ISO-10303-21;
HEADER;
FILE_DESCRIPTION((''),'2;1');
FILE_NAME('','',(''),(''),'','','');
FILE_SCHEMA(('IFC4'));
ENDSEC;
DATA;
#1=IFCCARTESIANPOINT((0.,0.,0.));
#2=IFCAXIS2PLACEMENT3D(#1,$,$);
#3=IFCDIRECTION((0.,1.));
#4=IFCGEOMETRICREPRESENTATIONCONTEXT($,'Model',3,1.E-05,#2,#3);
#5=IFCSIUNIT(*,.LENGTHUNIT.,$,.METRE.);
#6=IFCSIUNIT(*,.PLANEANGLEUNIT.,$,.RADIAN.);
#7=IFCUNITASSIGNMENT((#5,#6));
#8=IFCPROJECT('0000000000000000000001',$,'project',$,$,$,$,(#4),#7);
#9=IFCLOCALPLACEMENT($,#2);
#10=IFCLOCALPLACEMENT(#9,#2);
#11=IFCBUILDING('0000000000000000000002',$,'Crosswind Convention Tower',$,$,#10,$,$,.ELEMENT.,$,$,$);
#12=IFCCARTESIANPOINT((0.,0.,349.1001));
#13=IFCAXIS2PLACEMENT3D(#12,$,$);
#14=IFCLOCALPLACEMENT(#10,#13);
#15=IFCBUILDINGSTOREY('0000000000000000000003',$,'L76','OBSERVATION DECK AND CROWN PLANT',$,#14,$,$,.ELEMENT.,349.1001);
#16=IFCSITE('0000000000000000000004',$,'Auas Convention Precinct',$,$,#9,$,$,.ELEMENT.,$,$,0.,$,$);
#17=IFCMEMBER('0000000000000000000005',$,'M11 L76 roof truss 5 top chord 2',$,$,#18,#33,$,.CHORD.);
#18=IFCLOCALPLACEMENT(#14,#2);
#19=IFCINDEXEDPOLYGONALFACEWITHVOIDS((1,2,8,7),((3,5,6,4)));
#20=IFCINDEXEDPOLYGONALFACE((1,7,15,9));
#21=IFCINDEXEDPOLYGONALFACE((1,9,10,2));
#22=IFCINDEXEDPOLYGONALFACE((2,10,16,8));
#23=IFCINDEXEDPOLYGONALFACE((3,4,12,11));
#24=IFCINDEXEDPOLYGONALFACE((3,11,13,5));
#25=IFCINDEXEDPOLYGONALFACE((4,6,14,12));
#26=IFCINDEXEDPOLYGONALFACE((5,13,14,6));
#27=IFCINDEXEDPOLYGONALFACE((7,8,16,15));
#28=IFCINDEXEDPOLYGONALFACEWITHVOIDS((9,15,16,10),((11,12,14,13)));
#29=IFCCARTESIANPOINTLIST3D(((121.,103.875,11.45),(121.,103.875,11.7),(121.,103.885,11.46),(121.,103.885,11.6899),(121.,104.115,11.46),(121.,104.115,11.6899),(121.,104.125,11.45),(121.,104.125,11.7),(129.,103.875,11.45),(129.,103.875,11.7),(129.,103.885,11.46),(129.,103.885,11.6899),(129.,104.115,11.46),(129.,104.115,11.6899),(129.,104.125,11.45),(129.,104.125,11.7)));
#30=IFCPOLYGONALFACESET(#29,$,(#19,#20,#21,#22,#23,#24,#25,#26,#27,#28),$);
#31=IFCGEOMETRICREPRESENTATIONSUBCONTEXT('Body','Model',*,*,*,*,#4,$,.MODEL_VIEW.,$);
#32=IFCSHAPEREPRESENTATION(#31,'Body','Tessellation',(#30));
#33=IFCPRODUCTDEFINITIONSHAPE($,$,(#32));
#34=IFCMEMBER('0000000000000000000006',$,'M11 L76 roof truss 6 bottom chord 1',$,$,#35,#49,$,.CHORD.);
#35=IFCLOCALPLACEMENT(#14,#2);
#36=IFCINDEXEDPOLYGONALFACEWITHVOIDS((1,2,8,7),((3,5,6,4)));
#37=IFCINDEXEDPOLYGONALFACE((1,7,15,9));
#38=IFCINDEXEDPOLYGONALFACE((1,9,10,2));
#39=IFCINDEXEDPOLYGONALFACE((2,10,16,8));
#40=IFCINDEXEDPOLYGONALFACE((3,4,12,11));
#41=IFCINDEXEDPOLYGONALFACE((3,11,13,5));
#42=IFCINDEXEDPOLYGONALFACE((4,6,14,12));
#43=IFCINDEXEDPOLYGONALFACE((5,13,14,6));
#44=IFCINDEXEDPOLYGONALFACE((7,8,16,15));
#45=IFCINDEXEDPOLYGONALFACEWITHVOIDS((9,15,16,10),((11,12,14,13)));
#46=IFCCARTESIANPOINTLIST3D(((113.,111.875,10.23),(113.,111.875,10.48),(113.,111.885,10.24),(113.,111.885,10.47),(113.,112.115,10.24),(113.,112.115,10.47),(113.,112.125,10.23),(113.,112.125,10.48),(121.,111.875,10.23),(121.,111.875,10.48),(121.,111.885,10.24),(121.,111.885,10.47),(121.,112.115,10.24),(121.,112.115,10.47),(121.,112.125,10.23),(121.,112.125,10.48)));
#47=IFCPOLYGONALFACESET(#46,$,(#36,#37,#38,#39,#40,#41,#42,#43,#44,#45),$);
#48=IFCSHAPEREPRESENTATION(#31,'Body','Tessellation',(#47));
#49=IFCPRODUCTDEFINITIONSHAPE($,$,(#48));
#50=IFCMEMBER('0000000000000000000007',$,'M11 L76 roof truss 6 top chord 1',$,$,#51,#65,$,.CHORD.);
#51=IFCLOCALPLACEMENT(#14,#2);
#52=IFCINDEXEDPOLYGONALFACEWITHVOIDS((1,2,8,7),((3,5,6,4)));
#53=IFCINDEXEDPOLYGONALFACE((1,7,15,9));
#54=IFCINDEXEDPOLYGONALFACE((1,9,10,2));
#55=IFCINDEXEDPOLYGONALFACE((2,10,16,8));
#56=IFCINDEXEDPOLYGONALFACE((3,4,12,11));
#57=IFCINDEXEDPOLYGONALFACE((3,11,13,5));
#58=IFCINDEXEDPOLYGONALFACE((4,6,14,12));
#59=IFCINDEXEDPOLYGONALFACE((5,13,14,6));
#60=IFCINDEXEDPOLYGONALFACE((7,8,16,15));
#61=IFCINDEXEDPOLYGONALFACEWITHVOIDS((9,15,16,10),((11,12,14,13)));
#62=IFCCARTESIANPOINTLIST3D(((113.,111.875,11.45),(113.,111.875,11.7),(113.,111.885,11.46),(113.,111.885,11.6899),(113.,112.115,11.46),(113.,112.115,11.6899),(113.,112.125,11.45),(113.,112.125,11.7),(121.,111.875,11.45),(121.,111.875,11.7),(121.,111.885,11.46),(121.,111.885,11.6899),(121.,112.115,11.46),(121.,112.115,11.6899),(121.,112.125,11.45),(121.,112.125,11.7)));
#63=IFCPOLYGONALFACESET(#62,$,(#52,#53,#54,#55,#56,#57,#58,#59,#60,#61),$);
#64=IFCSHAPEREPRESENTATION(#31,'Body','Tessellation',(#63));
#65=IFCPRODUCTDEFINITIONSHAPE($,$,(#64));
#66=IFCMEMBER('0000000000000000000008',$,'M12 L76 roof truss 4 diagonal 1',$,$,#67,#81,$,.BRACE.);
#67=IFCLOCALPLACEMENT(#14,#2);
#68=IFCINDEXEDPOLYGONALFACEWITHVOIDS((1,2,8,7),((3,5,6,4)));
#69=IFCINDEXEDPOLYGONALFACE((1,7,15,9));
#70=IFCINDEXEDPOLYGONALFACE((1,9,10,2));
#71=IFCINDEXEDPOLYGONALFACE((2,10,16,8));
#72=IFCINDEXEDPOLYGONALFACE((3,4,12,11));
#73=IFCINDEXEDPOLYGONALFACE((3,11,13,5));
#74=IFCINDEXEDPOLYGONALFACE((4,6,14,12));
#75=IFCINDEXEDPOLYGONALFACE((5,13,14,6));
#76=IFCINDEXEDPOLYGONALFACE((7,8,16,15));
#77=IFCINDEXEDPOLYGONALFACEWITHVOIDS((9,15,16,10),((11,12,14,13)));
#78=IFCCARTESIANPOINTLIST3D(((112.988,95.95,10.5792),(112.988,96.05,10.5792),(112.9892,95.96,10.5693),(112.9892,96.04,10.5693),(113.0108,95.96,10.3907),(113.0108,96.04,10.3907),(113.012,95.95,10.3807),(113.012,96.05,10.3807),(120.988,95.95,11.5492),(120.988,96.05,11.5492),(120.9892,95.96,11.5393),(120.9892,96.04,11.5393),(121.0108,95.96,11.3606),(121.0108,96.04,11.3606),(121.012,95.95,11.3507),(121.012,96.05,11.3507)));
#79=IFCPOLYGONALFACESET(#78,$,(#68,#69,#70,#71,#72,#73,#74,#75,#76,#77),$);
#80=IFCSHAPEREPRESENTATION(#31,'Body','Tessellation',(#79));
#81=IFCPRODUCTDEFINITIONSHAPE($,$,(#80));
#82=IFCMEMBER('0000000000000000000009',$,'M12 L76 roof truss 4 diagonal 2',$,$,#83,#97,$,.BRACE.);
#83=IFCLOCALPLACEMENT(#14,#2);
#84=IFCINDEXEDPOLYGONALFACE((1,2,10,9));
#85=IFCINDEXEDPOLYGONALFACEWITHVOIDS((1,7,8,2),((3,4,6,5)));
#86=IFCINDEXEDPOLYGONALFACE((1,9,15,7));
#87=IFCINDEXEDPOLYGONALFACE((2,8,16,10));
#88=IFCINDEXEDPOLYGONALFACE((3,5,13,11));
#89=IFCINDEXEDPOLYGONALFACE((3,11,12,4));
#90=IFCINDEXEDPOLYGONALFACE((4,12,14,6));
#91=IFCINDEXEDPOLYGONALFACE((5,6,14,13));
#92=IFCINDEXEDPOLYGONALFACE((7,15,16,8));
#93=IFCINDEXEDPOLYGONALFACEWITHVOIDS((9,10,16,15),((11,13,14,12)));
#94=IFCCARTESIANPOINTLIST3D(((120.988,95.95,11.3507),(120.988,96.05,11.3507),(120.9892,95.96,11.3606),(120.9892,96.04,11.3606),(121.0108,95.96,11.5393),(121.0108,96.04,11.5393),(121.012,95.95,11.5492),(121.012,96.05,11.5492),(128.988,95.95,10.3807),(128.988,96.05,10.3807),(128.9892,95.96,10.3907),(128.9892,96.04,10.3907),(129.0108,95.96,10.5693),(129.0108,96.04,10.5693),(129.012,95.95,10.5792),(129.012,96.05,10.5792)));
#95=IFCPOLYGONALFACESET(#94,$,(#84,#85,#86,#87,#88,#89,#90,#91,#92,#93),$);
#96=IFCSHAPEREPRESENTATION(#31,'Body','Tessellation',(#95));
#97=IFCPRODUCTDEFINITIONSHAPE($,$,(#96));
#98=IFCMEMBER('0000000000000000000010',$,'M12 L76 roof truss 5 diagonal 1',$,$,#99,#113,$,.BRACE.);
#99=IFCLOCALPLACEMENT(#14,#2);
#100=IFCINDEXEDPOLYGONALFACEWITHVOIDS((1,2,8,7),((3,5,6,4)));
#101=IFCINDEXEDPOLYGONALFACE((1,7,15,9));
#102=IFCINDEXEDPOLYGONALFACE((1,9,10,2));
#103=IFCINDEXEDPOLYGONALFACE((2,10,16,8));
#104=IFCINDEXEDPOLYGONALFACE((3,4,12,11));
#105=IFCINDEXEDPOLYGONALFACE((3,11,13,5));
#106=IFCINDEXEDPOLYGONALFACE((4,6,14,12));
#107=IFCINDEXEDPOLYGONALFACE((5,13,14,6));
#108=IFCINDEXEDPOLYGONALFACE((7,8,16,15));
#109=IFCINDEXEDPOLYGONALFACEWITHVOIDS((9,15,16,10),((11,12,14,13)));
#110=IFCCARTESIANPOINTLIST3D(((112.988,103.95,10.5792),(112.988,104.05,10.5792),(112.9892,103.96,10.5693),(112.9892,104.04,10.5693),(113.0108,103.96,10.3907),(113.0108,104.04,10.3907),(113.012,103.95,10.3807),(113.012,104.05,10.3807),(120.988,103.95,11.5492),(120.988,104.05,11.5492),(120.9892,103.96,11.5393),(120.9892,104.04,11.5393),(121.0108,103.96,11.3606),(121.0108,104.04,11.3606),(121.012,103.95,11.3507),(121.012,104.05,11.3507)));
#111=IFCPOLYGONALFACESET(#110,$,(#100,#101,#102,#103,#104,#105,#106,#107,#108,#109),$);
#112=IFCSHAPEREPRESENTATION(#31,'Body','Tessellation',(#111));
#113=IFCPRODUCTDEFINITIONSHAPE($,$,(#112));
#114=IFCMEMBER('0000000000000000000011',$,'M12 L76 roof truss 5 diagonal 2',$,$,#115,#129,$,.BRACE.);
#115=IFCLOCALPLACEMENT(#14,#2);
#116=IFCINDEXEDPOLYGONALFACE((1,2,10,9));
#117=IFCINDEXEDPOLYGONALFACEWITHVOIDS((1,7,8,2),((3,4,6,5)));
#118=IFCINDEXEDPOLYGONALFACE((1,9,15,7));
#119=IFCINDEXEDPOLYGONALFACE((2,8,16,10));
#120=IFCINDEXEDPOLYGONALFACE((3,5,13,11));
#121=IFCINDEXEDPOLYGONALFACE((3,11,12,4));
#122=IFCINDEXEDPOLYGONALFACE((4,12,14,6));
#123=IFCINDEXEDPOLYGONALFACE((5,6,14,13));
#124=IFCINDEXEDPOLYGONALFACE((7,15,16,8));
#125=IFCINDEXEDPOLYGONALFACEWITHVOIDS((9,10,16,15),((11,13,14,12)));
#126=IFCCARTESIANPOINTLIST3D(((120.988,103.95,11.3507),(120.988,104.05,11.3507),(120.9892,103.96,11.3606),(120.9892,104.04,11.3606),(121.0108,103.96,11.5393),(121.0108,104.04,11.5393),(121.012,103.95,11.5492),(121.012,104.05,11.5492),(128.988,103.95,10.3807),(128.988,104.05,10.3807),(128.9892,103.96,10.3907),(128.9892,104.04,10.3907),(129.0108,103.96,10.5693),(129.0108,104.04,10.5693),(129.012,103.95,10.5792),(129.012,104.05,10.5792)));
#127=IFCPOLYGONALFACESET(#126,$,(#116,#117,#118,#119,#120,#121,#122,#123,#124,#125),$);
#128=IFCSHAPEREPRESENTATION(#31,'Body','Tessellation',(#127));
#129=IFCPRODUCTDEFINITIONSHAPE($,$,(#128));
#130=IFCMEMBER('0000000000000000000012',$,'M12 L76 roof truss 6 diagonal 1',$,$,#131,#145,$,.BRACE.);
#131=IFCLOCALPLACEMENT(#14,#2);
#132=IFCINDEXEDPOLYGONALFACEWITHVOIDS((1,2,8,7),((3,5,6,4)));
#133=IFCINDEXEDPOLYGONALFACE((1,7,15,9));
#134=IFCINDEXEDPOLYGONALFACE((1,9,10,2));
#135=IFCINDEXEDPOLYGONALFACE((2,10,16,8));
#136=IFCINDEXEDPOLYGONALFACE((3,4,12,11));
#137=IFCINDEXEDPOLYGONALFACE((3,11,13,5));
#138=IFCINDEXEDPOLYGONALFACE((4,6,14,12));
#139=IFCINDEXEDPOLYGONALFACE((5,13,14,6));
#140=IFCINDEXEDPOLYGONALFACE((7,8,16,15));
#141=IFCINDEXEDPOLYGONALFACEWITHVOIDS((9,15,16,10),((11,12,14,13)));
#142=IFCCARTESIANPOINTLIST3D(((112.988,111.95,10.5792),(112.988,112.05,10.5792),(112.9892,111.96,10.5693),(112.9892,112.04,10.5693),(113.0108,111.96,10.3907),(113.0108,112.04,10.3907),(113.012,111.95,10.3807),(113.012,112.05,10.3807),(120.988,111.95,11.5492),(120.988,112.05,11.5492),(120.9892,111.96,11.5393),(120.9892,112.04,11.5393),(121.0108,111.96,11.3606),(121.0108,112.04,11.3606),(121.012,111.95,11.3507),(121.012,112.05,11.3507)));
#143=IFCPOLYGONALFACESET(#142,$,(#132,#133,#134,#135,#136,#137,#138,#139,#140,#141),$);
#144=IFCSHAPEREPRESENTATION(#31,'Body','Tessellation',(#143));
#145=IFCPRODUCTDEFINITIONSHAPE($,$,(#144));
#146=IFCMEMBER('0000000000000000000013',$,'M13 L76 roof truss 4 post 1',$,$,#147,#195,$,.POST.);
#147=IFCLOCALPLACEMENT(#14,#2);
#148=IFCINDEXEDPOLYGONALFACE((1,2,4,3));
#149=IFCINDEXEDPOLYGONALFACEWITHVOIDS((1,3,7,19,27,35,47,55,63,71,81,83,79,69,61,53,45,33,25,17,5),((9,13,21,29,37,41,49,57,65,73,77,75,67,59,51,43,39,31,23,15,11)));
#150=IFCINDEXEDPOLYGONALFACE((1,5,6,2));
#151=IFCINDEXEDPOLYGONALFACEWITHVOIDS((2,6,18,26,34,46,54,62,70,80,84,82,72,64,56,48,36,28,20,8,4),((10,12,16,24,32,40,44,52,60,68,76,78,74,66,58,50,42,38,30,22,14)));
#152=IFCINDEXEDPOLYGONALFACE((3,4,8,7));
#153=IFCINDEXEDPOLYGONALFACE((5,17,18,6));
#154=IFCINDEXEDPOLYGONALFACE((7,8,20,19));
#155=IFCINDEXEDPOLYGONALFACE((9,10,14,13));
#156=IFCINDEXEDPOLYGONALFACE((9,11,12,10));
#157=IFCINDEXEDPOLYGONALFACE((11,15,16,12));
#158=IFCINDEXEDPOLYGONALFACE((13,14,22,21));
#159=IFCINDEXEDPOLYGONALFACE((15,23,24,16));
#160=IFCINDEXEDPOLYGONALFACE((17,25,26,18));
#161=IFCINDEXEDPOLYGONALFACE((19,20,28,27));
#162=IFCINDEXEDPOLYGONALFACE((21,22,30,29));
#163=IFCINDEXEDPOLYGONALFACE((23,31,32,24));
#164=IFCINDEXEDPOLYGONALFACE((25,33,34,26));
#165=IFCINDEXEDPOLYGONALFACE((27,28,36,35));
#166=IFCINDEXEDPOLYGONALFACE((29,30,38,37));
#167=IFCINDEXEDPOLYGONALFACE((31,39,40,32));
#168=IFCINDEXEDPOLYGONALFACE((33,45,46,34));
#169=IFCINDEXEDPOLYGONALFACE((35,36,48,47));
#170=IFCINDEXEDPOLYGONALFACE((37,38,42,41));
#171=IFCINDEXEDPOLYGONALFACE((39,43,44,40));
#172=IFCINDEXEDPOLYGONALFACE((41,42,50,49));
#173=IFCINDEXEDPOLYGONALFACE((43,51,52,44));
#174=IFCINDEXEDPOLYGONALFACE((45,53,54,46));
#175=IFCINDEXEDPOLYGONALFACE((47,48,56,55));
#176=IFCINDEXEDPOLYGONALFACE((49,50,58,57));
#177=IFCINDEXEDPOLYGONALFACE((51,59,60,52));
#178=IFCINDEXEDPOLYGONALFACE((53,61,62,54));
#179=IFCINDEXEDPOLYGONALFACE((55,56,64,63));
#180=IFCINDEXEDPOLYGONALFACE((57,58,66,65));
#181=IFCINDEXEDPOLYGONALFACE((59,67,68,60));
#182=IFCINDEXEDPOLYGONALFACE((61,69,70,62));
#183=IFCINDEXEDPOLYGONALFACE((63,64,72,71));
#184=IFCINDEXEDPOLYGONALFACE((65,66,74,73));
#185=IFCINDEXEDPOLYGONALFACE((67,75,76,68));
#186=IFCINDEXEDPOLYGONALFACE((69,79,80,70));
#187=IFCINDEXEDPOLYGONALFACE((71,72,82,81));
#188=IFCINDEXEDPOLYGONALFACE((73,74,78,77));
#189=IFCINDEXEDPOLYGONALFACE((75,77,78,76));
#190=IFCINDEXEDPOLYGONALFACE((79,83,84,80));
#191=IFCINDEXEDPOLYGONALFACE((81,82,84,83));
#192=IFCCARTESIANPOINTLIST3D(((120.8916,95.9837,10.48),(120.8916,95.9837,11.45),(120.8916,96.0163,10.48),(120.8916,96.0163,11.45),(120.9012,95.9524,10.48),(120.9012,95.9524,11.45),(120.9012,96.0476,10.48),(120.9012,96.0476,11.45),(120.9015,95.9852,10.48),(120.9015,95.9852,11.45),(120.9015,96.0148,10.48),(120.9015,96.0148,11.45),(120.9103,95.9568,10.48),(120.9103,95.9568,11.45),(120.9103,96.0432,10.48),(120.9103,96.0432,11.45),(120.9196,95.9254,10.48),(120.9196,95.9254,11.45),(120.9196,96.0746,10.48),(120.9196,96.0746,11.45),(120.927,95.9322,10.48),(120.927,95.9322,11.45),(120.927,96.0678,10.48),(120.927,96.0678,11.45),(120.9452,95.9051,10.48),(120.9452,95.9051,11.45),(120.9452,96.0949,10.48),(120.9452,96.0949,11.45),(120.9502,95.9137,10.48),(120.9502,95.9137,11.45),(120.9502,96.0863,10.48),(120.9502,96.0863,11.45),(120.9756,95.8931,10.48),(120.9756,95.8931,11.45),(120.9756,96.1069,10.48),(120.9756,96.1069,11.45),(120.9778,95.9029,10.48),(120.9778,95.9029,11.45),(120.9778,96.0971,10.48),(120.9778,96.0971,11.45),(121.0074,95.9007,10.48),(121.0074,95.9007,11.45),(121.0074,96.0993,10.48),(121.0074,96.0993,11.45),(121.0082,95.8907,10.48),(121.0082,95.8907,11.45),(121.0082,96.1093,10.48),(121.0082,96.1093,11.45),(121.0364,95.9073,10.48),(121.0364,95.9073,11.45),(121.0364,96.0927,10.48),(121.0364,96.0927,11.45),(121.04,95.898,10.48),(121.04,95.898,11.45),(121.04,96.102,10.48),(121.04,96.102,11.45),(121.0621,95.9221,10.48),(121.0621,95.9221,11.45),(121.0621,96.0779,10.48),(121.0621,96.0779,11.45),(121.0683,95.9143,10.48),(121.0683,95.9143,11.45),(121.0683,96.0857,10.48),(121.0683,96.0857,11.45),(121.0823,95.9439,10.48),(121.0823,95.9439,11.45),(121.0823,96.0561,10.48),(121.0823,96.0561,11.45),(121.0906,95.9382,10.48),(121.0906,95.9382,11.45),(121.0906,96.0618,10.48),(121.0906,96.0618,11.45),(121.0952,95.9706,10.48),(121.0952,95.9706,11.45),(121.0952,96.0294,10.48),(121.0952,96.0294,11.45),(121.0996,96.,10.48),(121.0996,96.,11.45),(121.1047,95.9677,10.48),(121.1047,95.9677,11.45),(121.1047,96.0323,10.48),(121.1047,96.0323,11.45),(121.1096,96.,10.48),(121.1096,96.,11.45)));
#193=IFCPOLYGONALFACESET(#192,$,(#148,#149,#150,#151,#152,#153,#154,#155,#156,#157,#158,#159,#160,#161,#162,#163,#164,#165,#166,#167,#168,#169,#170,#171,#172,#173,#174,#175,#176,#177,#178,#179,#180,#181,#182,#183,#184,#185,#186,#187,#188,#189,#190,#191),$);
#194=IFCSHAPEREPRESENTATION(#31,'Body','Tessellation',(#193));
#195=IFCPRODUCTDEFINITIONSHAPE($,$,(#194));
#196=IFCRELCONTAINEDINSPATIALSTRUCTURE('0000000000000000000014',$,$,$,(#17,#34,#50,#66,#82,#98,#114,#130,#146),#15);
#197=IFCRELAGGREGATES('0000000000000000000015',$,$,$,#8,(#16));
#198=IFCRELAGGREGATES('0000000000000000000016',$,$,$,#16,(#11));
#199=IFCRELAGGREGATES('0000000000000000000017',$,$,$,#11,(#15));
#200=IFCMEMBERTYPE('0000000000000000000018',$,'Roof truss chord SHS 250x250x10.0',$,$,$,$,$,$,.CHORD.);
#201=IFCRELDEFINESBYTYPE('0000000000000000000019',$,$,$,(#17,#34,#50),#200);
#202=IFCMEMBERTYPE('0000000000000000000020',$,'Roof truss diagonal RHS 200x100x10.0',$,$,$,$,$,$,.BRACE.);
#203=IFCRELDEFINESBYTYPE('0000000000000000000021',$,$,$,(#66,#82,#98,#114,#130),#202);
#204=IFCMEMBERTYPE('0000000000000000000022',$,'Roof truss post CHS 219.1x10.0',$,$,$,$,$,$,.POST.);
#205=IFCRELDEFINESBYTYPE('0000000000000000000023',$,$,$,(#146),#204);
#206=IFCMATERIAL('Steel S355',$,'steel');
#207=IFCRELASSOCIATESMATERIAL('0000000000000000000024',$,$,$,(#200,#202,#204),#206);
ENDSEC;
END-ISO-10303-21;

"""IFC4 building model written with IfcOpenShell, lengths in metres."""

from ifc_helpers import new_model, si_unit, direction, frame, origin, origin_2d, place, context, subcontext, project, spatial, hollow_rectangle, hollow_circle, extrude, material, material_profile, profile_set, type_object, element, save


model = new_model("IFC4")

# Units and contexts
model_context = context("Model", 3, precision=1e-05, world=origin(), true_north=direction((0.0, 1.0)))
body_context = subcontext(model_context, "Body", "Model", "MODEL_VIEW")
ifc_project = project(units=[si_unit("LENGTHUNIT", "METRE"), si_unit("PLANEANGLEUNIT", "RADIAN")], contexts=[model_context])

# Site, building, storey
site_placement = place(None, origin())
site = spatial("IfcSite", under=ifc_project, at=site_placement, Name="Auas Convention Precinct", CompositionType="ELEMENT", RefElevation=0.0)
building_placement = place(site_placement, origin())
building = spatial("IfcBuilding", under=site, at=building_placement, Name="Crosswind Convention Tower", CompositionType="ELEMENT")
storey_placement = place(building_placement, frame((0.0, 0.0, 349.1001)))
storey = spatial("IfcBuildingStorey", under=building, at=storey_placement, Name="L76", Description="OBSERVATION DECK AND CROWN PLANT", CompositionType="ELEMENT", Elevation=349.1001)

# Shared definitions
ifc_material_1 = material(Name="Steel S355", Category="steel")

# Members
ifc_material_profile_1 = material_profile(ifc_material_1, hollow_rectangle(XDim=0.25, YDim=0.25, WallThickness=0.01, at=origin_2d()), Name="SHS 250x250x10.0")
ifc_profile_set_1 = profile_set([ifc_material_profile_1], Name="Steel S355")
member_type_1 = type_object("IfcMemberType", Name="Roof truss chord SHS 250x250x10.0", PredefinedType="CHORD", material=ifc_profile_set_1)
for number, where, z_axis, x_axis, name in (
    (1, (121.0, 104.0, 11.575), (1.0, 0.0, 0.0), (0.0, 1.0, 0.0), "M11 L76 roof truss 5 top chord 2"),
    (2, (113.0, 112.0, 10.355), (1.0, 0.0, 0.0), (0.0, 1.0, 0.0), "M11 L76 roof truss 6 bottom chord 1"),
    (3, (113.0, 112.0, 11.575), (1.0, 0.0, 0.0), (0.0, 1.0, 0.0), "M11 L76 roof truss 6 top chord 1"),
):
    element("IfcMember", number, at=place(storey_placement, frame(where, z_axis=z_axis, x_axis=x_axis)), inside=storey, type_object=member_type_1, Name=name, PredefinedType="CHORD", context=body_context, shape_type="SweptSolid", body=[
        extrude(hollow_rectangle(XDim=0.25, YDim=0.25, WallThickness=0.01, at=origin_2d()), origin(), (0.0, 0.0, 1.0), 8.0),
    ])
ifc_material_profile_2 = material_profile(ifc_material_1, hollow_rectangle(XDim=0.1001, YDim=0.2, WallThickness=0.01, at=origin_2d()), Name="RHS 200x100x10.0")
ifc_profile_set_2 = profile_set([ifc_material_profile_2], Name="Steel S355")
member_type_2 = type_object("IfcMemberType", Name="Roof truss diagonal RHS 200x100x10.0", PredefinedType="BRACE", material=ifc_profile_set_2)
for number, where, z_axis, x_axis, name in (
    (4, (113.0, 96.0, 10.48), (0.99273, 0.0, 0.120365), (0.0, 1.0, 0.0), "M12 L76 roof truss 4 diagonal 1"),
    (5, (121.0, 96.0, 11.45), (0.99273, 0.0, -0.120365), (0.0, 1.0, 0.0), "M12 L76 roof truss 4 diagonal 2"),
    (6, (113.0, 104.0, 10.48), (0.99273, 0.0, 0.120365), (0.0, 1.0, 0.0), "M12 L76 roof truss 5 diagonal 1"),
    (7, (121.0, 104.0, 11.45), (0.99273, 0.0, -0.120365), (0.0, 1.0, 0.0), "M12 L76 roof truss 5 diagonal 2"),
    (8, (113.0, 112.0, 10.48), (0.99273, 0.0, 0.120365), (0.0, 1.0, 0.0), "M12 L76 roof truss 6 diagonal 1"),
):
    element("IfcMember", number, at=place(storey_placement, frame(where, z_axis=z_axis, x_axis=x_axis)), inside=storey, type_object=member_type_2, Name=name, PredefinedType="BRACE", context=body_context, shape_type="SweptSolid", body=[
        extrude(hollow_rectangle(XDim=0.1001, YDim=0.2, WallThickness=0.01, at=origin_2d()), origin(), (0.0, 0.0, 1.0), 8.0586),
    ])
ifc_material_profile_3 = material_profile(ifc_material_1, hollow_circle(Radius=0.1096, WallThickness=0.01, at=origin_2d()), Name="CHS 219.1x10.0")
ifc_profile_set_3 = profile_set([ifc_material_profile_3], Name="Steel S355")
member_type_3 = type_object("IfcMemberType", Name="Roof truss post CHS 219.1x10.0", PredefinedType="POST", material=ifc_profile_set_3)
for number, where, z_axis, x_axis, name in (
    (9, (121.0, 96.0, 10.48), (0.0, 0.0, 1.0), (1.0, 0.0, 0.0), "M13 L76 roof truss 4 post 1"),
):
    element("IfcMember", number, at=place(storey_placement, frame(where, z_axis=z_axis, x_axis=x_axis)), inside=storey, type_object=member_type_3, Name=name, PredefinedType="POST", context=body_context, shape_type="SweptSolid", body=[
        extrude(hollow_circle(Radius=0.1096, WallThickness=0.01, at=origin_2d()), origin(), (0.0, 0.0, 1.0), 0.97),
    ])

save(model, "model.ifc")
